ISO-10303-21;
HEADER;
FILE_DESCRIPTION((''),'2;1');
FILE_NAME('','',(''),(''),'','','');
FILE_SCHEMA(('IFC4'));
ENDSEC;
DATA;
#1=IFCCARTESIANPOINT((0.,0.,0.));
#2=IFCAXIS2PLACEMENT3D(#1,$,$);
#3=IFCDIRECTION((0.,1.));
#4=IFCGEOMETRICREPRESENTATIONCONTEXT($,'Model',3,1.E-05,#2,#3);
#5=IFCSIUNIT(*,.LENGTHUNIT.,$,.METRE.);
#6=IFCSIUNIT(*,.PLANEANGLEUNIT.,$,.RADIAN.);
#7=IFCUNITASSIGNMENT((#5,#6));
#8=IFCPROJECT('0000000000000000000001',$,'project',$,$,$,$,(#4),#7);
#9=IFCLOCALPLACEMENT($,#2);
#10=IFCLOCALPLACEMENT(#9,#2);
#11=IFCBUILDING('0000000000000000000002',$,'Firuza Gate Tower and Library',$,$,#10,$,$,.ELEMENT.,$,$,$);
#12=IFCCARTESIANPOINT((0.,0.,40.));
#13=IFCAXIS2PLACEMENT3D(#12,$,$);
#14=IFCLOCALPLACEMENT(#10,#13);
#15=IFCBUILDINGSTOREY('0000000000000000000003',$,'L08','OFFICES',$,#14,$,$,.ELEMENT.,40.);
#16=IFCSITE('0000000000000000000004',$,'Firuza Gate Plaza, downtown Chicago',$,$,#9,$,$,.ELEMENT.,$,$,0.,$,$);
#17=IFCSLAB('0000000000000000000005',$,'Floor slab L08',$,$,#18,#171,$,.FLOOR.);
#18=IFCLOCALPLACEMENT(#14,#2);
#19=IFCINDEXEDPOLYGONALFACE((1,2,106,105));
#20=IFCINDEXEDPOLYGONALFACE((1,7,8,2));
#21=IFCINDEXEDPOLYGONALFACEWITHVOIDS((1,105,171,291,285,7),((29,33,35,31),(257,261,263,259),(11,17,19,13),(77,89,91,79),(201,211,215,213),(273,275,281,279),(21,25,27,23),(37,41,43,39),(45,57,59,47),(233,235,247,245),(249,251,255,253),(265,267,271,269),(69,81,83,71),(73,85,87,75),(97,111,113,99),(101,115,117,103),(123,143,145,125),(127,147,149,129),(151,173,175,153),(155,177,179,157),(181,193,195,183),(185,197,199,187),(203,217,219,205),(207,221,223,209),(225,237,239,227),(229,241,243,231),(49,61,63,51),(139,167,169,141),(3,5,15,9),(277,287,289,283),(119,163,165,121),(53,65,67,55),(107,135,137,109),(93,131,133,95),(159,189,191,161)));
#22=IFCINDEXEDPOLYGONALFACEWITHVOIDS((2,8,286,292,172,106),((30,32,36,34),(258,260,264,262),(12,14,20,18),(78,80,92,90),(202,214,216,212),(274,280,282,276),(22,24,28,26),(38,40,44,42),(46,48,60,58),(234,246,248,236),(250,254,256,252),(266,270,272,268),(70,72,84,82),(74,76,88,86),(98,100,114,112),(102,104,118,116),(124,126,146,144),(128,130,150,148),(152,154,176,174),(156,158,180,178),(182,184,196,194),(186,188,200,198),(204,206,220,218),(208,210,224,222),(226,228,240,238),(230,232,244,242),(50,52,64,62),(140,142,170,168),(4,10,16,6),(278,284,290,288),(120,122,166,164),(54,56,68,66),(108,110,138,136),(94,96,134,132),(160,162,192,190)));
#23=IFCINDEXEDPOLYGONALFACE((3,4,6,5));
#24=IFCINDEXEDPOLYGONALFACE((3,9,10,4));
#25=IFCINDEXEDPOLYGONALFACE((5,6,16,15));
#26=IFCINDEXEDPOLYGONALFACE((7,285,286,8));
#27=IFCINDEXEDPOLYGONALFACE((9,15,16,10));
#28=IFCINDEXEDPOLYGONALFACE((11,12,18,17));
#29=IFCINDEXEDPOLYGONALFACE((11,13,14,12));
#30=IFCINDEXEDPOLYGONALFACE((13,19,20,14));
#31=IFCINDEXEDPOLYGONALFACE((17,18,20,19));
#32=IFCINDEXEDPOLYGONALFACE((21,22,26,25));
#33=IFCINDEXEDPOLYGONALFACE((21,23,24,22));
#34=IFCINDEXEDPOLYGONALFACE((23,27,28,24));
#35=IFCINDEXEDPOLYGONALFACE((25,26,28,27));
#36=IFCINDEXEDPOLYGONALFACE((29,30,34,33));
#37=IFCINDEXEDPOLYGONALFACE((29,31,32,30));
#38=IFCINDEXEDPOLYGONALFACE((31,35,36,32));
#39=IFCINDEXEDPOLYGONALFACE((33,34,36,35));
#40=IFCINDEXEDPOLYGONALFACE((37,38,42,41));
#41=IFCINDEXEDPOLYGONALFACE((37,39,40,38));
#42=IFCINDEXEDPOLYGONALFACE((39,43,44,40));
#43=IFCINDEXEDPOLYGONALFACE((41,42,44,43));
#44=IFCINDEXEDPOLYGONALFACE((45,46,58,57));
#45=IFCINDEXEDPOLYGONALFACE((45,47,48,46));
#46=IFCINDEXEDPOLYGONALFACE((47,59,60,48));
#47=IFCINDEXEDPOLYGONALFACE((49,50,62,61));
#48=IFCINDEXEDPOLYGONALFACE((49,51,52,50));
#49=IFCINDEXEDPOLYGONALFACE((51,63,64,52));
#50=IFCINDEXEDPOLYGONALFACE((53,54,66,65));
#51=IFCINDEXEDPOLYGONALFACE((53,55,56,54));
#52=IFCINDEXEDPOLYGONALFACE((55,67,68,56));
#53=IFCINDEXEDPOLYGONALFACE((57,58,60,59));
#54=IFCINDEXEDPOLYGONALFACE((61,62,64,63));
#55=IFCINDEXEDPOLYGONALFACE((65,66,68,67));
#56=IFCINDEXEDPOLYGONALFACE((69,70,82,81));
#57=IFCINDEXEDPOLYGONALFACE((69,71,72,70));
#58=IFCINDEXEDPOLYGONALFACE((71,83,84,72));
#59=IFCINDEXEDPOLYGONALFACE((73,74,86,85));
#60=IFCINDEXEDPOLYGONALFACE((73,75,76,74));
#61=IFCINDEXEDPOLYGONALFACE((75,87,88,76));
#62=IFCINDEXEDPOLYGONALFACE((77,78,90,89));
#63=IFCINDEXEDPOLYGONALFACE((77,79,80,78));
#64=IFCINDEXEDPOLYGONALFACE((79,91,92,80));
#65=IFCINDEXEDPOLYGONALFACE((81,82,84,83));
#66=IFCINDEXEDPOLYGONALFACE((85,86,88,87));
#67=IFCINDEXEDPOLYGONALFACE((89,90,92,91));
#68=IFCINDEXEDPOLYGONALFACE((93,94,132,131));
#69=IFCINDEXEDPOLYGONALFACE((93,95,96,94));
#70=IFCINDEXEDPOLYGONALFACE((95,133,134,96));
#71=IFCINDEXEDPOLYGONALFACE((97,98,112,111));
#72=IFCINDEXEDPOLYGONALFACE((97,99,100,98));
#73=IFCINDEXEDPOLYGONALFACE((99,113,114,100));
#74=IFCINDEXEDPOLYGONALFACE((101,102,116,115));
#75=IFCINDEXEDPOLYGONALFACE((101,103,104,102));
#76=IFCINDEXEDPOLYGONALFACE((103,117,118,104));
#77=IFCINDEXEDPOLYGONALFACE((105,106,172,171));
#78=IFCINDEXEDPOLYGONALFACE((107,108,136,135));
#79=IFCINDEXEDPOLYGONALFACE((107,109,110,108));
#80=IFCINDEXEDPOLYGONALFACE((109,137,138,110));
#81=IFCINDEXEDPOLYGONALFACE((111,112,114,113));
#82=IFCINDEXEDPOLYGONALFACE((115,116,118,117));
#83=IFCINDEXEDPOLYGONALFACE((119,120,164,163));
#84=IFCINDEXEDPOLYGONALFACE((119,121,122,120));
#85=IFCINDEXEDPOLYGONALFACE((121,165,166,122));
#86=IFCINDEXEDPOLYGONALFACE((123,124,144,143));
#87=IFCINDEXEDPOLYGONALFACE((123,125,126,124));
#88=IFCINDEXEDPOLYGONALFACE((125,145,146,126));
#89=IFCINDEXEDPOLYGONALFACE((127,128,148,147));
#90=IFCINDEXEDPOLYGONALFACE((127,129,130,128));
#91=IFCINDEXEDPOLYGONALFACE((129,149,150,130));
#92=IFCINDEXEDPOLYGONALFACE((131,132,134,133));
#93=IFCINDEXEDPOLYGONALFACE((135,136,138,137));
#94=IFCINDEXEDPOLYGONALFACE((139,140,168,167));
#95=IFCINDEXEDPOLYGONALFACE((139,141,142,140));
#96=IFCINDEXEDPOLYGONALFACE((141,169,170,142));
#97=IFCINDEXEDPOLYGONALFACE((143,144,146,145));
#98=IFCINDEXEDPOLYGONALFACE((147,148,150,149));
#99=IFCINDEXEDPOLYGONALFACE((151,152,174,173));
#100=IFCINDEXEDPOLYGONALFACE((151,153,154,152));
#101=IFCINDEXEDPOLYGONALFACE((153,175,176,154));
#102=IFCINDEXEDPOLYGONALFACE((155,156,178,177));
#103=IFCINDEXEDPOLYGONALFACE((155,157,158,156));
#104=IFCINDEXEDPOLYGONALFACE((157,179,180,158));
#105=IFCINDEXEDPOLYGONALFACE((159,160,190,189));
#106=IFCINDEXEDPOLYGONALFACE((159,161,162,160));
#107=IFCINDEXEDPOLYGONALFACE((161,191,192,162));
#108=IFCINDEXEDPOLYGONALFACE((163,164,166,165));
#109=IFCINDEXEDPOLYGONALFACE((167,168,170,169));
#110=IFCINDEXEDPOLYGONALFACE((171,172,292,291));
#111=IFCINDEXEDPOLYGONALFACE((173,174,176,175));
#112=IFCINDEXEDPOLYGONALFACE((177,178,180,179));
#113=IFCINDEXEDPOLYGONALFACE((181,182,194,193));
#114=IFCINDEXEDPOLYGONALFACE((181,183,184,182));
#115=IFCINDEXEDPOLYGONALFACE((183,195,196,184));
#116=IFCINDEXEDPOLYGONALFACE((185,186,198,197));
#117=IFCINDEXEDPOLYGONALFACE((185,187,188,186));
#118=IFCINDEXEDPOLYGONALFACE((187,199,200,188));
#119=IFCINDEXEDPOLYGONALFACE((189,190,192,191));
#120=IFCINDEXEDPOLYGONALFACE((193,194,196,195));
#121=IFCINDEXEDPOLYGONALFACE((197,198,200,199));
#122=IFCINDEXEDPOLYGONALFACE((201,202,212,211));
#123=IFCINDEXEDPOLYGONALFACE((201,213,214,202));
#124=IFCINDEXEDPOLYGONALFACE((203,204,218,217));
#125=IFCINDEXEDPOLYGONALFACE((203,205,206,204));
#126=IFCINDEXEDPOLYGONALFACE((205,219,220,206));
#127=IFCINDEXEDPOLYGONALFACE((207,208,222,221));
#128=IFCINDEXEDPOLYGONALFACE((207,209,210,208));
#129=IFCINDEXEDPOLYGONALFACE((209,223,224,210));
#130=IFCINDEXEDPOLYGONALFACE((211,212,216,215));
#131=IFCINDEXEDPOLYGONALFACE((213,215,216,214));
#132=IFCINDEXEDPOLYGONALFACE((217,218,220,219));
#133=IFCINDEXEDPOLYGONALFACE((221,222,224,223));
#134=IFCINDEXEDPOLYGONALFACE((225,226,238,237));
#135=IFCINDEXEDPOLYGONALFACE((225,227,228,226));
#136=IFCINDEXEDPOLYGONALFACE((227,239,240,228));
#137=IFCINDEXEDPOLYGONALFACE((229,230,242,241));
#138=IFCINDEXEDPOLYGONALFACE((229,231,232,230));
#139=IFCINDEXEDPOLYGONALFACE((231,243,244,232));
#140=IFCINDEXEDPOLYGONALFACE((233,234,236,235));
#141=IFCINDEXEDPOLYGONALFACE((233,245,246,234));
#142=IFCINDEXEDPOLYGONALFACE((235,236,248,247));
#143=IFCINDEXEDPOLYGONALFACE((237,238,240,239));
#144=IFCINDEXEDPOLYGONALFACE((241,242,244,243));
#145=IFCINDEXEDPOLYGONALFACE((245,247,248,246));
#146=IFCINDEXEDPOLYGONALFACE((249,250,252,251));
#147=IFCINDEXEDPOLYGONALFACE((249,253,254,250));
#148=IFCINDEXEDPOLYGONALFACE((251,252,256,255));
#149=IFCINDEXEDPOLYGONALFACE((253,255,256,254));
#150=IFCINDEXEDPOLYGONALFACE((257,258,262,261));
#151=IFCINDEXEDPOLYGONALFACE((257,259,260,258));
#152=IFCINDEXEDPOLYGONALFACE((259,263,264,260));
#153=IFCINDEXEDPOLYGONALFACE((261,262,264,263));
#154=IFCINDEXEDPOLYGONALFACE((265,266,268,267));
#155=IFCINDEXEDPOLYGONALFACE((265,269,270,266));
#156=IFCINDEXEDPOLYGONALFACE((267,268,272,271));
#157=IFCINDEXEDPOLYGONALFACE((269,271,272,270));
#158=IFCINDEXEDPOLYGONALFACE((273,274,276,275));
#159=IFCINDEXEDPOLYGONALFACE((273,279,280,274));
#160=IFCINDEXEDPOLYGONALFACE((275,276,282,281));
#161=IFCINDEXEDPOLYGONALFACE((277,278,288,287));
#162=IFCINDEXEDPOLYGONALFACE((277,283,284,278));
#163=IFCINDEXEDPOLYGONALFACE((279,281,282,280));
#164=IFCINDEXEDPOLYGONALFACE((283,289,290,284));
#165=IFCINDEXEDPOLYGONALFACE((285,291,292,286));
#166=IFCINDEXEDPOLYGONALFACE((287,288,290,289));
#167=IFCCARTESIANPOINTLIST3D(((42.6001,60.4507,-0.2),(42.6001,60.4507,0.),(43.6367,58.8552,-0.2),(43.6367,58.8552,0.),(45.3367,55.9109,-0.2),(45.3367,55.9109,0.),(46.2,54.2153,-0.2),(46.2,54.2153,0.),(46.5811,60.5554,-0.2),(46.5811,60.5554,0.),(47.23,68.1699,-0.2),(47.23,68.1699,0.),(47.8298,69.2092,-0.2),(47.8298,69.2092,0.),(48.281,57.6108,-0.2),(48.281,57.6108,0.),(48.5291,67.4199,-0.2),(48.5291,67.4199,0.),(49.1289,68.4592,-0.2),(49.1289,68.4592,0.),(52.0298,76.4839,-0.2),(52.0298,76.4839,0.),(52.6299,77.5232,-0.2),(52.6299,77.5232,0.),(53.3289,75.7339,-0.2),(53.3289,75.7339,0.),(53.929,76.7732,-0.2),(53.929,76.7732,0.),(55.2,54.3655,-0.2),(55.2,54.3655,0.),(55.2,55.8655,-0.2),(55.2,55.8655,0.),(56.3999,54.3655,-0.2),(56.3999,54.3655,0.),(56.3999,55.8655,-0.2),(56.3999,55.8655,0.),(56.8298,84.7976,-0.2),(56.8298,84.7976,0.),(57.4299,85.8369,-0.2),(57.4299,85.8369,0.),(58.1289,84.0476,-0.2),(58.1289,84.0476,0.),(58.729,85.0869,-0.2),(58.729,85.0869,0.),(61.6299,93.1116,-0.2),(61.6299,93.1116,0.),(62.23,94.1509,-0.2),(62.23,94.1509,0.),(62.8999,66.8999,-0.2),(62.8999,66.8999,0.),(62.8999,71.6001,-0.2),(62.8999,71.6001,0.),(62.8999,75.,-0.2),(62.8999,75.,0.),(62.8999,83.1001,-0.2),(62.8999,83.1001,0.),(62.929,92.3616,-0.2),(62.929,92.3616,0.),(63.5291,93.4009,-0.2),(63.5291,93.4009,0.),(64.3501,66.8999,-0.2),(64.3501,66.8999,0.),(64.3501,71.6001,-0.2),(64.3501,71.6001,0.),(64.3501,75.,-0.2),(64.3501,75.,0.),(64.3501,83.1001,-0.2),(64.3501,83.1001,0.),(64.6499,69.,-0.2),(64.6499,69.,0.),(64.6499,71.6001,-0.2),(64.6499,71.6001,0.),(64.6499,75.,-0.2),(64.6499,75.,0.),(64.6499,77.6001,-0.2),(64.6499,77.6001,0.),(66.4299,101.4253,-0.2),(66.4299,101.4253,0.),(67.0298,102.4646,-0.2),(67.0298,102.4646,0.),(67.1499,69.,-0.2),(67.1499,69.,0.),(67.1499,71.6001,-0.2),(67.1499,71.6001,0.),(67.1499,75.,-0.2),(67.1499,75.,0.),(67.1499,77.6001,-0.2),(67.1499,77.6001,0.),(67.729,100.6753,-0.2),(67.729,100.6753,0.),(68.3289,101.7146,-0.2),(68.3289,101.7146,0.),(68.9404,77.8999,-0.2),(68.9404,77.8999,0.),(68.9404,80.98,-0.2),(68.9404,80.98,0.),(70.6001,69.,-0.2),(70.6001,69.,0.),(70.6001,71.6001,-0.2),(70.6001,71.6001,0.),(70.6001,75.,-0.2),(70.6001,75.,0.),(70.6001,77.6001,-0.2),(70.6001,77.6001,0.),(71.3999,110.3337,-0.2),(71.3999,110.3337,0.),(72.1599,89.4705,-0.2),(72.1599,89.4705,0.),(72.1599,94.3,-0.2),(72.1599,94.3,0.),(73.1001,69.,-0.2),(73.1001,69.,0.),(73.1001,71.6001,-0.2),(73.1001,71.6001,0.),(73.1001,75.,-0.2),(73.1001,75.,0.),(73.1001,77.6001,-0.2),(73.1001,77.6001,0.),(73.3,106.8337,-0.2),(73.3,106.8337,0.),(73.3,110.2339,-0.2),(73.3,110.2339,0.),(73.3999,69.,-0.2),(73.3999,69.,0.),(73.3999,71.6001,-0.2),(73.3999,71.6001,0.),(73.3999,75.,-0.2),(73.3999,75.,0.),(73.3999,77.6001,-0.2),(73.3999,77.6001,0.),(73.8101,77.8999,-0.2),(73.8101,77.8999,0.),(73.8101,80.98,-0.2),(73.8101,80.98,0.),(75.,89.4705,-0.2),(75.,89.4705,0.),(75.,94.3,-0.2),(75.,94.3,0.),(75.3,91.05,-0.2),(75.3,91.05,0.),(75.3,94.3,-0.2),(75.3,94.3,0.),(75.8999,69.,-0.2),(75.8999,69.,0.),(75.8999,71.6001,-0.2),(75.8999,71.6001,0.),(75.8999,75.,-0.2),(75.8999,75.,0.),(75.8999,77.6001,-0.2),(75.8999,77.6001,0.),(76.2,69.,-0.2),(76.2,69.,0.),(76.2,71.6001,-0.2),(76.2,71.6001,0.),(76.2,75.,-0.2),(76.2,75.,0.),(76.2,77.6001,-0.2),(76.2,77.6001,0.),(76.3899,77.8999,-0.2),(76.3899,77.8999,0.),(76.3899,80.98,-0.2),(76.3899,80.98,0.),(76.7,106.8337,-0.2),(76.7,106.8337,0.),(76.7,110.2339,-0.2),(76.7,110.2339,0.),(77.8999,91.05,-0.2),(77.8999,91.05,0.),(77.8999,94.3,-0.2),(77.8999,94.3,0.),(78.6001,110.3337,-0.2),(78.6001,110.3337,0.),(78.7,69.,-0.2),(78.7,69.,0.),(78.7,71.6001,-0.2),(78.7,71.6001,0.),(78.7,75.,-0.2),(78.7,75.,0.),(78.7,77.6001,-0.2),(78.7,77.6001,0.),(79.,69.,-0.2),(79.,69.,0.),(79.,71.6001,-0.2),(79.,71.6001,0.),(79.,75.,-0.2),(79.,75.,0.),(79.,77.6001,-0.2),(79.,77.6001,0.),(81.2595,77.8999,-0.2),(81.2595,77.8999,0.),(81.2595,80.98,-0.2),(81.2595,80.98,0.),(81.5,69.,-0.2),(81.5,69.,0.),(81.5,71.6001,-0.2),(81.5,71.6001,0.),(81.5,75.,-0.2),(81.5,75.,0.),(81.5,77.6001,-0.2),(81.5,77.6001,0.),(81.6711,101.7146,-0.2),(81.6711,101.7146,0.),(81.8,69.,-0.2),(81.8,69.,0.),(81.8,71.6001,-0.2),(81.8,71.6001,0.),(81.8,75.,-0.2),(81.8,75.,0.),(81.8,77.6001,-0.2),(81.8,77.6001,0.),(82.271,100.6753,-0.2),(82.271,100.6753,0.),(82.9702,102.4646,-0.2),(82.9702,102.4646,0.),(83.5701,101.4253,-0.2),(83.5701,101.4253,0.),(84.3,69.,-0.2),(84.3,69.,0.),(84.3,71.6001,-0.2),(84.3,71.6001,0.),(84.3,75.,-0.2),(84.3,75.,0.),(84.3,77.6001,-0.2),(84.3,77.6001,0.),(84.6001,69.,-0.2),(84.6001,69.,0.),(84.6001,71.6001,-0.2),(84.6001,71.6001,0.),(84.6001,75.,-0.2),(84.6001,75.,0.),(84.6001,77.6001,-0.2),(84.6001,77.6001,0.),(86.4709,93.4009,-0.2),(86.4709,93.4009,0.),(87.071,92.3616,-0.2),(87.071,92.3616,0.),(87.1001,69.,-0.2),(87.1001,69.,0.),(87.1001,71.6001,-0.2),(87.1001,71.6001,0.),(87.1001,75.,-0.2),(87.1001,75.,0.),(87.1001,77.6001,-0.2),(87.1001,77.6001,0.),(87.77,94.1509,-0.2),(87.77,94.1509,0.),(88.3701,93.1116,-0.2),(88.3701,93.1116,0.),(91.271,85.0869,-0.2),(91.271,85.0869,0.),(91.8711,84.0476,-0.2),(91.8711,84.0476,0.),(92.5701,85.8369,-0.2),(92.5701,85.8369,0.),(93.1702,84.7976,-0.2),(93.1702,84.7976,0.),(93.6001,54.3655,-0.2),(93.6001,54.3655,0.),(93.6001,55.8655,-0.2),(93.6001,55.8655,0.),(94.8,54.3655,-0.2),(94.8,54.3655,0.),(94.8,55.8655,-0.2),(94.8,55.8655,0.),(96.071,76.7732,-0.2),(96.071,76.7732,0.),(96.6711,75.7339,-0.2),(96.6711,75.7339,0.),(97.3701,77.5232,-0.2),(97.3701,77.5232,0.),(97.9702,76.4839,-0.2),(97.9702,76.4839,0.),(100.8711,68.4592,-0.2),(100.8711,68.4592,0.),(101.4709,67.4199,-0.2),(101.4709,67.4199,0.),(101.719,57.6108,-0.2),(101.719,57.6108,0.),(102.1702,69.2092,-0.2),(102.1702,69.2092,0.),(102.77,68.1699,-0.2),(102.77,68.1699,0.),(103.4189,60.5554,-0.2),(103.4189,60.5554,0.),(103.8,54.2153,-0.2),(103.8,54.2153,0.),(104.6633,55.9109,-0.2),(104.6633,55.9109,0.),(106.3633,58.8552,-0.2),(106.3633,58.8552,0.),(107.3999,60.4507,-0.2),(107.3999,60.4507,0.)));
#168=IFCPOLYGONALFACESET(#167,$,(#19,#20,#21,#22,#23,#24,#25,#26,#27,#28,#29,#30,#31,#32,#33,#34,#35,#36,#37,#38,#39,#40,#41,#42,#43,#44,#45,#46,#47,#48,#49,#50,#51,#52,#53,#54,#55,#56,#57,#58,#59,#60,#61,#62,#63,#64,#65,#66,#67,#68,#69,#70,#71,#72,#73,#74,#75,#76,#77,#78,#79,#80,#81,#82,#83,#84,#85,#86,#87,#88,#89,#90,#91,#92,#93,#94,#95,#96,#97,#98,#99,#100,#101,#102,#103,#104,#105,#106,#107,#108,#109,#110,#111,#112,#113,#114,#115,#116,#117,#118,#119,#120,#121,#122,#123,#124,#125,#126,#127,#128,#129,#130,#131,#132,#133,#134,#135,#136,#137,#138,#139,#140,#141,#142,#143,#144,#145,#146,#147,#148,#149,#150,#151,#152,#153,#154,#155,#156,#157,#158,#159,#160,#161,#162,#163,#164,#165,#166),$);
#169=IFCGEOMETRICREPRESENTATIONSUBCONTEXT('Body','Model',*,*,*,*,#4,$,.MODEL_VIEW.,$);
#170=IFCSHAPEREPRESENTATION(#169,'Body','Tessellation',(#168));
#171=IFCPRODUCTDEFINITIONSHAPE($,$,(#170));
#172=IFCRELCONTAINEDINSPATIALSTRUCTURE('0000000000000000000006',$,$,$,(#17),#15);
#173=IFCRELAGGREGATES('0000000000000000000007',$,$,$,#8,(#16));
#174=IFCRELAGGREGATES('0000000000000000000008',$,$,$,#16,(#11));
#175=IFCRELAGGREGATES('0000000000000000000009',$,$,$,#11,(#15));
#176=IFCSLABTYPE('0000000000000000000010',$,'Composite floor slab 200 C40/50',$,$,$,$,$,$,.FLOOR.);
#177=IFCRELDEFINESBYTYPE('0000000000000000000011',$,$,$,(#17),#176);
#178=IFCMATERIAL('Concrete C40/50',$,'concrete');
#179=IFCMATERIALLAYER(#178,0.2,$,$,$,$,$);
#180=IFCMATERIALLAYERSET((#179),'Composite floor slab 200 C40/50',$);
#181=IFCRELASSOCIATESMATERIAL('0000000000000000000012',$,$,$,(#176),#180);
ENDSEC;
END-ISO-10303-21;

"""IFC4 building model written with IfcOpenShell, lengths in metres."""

from ifc_helpers import new_model, si_unit, direction, frame, origin, place, context, subcontext, project, spatial, polyline, outline, extrude, material, layer, layer_set, type_object, element, save


model = new_model("IFC4")

# Units and contexts
model_context = context("Model", 3, precision=1e-05, world=origin(), true_north=direction((0.0, 1.0)))
body_context = subcontext(model_context, "Body", "Model", "MODEL_VIEW")
ifc_project = project(units=[si_unit("LENGTHUNIT", "METRE"), si_unit("PLANEANGLEUNIT", "RADIAN")], contexts=[model_context])

# Site, building, storey
site_placement = place(None, origin())
site = spatial("IfcSite", under=ifc_project, at=site_placement, Name="Firuza Gate Plaza, downtown Chicago", CompositionType="ELEMENT", RefElevation=0.0)
building_placement = place(site_placement, origin())
building = spatial("IfcBuilding", under=site, at=building_placement, Name="Firuza Gate Tower and Library", CompositionType="ELEMENT")
storey_placement = place(building_placement, frame((0.0, 0.0, 40.0)))
storey = spatial("IfcBuildingStorey", under=building, at=storey_placement, Name="L08", Description="OFFICES", CompositionType="ELEMENT", Elevation=40.0)

# Slab
ifc_material_1 = material(Name="Concrete C40/50", Category="concrete")
ifc_layer_1 = layer(ifc_material_1, 0.2)
ifc_layer_set_1 = layer_set([ifc_layer_1], Name="Composite floor slab 200 C40/50")
slab_type_1 = type_object("IfcSlabType", Name="Composite floor slab 200 C40/50", PredefinedType="FLOOR", material=ifc_layer_set_1)
slab_1_placement = place(storey_placement, frame((0.0, 0.0, -0.2)))
element("IfcSlab", 1, at=slab_1_placement, inside=storey, type_object=slab_type_1, Name="Floor slab L08", PredefinedType="FLOOR", context=body_context, shape_type="SweptSolid", body=[
    extrude(outline(polyline([(42.6001, 60.4507), (46.2, 54.2153), (103.8, 54.2153), (107.3999, 60.4507), (78.6001, 110.3337), (71.3999, 110.3337), (42.6001, 60.4507)]), holes=[polyline([(55.2, 54.3655), (55.2, 55.8655), (56.3999, 55.8655), (56.3999, 54.3655), (55.2, 54.3655)]), polyline([(43.6367, 58.8552), (46.5811, 60.5554), (48.281, 57.6108), (45.3367, 55.9109), (43.6367, 58.8552)]), polyline([(47.8298, 69.2092), (49.1289, 68.4592), (48.5291, 67.4199), (47.23, 68.1699), (47.8298, 69.2092)]), polyline([(64.3501, 66.8999), (62.8999, 66.8999), (62.8999, 71.6001), (64.3501, 71.6001), (64.3501, 66.8999)]), polyline([(75.8999, 69.0), (73.3999, 69.0), (73.3999, 71.6001), (75.8999, 71.6001), (75.8999, 69.0)]), polyline([(73.1001, 69.0), (70.6001, 69.0), (70.6001, 71.6001), (73.1001, 71.6001), (73.1001, 69.0)]), polyline([(67.1499, 69.0), (64.6499, 69.0), (64.6499, 71.6001), (67.1499, 71.6001), (67.1499, 69.0)]), polyline([(67.1499, 75.0), (64.6499, 75.0), (64.6499, 77.6001), (67.1499, 77.6001), (67.1499, 75.0)]), polyline([(75.8999, 75.0), (73.3999, 75.0), (73.3999, 77.6001), (75.8999, 77.6001), (75.8999, 75.0)]), polyline([(73.1001, 75.0), (70.6001, 75.0), (70.6001, 77.6001), (73.1001, 77.6001), (73.1001, 75.0)]), polyline([(52.6299, 77.5232), (53.929, 76.7732), (53.3289, 75.7339), (52.0298, 76.4839), (52.6299, 77.5232)]), polyline([(64.3501, 75.0), (62.8999, 75.0), (62.8999, 83.1001), (64.3501, 83.1001), (64.3501, 75.0)]), polyline([(73.8101, 77.8999), (68.9404, 77.8999), (68.9404, 80.98), (73.8101, 80.98), (73.8101, 77.8999)]), polyline([(57.4299, 85.8369), (58.729, 85.0869), (58.1289, 84.0476), (56.8298, 84.7976), (57.4299, 85.8369)]), polyline([(72.1599, 89.4705), (72.1599, 94.3), (75.0, 94.3), (75.0, 89.4705), (72.1599, 89.4705)]), polyline([(63.5291, 93.4009), (62.929, 92.3616), (61.6299, 93.1116), (62.23, 94.1509), (63.5291, 93.4009)]), polyline([(68.3289, 101.7146), (67.729, 100.6753), (66.4299, 101.4253), (67.0298, 102.4646), (68.3289, 101.7146)]), polyline([(76.7, 110.2339), (76.7, 106.8337), (73.3, 106.8337), (73.3, 110.2339), (76.7, 110.2339)]), polyline([(93.6001, 54.3655), (93.6001, 55.8655), (94.8, 55.8655), (94.8, 54.3655), (93.6001, 54.3655)]), polyline([(104.6633, 55.9109), (101.719, 57.6108), (103.4189, 60.5554), (106.3633, 58.8552), (104.6633, 55.9109)]), polyline([(102.77, 68.1699), (101.4709, 67.4199), (100.8711, 68.4592), (102.1702, 69.2092), (102.77, 68.1699)]), polyline([(78.7, 69.0), (76.2, 69.0), (76.2, 71.6001), (78.7, 71.6001), (78.7, 69.0)]), polyline([(87.1001, 69.0), (84.6001, 69.0), (84.6001, 71.6001), (87.1001, 71.6001), (87.1001, 69.0)]), polyline([(84.3, 69.0), (81.8, 69.0), (81.8, 71.6001), (84.3, 71.6001), (84.3, 69.0)]), polyline([(79.0, 69.0), (79.0, 71.6001), (81.5, 71.6001), (81.5, 69.0), (79.0, 69.0)]), polyline([(81.8, 75.0), (81.8, 77.6001), (84.3, 77.6001), (84.3, 75.0), (81.8, 75.0)]), polyline([(81.5, 75.0), (79.0, 75.0), (79.0, 77.6001), (81.5, 77.6001), (81.5, 75.0)]), polyline([(87.1001, 75.0), (84.6001, 75.0), (84.6001, 77.6001), (87.1001, 77.6001), (87.1001, 75.0)]), polyline([(78.7, 75.0), (76.2, 75.0), (76.2, 77.6001), (78.7, 77.6001), (78.7, 75.0)]), polyline([(97.9702, 76.4839), (96.6711, 75.7339), (96.071, 76.7732), (97.3701, 77.5232), (97.9702, 76.4839)]), polyline([(81.2595, 77.8999), (76.3899, 77.8999), (76.3899, 80.98), (81.2595, 80.98), (81.2595, 77.8999)]), polyline([(93.1702, 84.7976), (91.8711, 84.0476), (91.271, 85.0869), (92.5701, 85.8369), (93.1702, 84.7976)]), polyline([(77.8999, 91.05), (75.3, 91.05), (75.3, 94.3), (77.8999, 94.3), (77.8999, 91.05)]), polyline([(87.071, 92.3616), (86.4709, 93.4009), (87.77, 94.1509), (88.3701, 93.1116), (87.071, 92.3616)]), polyline([(82.271, 100.6753), (81.6711, 101.7146), (82.9702, 102.4646), (83.5701, 101.4253), (82.271, 100.6753)])]), origin(), (0.0, 0.0, 1.0), 0.2),
])

save(model, "model.ifc")
